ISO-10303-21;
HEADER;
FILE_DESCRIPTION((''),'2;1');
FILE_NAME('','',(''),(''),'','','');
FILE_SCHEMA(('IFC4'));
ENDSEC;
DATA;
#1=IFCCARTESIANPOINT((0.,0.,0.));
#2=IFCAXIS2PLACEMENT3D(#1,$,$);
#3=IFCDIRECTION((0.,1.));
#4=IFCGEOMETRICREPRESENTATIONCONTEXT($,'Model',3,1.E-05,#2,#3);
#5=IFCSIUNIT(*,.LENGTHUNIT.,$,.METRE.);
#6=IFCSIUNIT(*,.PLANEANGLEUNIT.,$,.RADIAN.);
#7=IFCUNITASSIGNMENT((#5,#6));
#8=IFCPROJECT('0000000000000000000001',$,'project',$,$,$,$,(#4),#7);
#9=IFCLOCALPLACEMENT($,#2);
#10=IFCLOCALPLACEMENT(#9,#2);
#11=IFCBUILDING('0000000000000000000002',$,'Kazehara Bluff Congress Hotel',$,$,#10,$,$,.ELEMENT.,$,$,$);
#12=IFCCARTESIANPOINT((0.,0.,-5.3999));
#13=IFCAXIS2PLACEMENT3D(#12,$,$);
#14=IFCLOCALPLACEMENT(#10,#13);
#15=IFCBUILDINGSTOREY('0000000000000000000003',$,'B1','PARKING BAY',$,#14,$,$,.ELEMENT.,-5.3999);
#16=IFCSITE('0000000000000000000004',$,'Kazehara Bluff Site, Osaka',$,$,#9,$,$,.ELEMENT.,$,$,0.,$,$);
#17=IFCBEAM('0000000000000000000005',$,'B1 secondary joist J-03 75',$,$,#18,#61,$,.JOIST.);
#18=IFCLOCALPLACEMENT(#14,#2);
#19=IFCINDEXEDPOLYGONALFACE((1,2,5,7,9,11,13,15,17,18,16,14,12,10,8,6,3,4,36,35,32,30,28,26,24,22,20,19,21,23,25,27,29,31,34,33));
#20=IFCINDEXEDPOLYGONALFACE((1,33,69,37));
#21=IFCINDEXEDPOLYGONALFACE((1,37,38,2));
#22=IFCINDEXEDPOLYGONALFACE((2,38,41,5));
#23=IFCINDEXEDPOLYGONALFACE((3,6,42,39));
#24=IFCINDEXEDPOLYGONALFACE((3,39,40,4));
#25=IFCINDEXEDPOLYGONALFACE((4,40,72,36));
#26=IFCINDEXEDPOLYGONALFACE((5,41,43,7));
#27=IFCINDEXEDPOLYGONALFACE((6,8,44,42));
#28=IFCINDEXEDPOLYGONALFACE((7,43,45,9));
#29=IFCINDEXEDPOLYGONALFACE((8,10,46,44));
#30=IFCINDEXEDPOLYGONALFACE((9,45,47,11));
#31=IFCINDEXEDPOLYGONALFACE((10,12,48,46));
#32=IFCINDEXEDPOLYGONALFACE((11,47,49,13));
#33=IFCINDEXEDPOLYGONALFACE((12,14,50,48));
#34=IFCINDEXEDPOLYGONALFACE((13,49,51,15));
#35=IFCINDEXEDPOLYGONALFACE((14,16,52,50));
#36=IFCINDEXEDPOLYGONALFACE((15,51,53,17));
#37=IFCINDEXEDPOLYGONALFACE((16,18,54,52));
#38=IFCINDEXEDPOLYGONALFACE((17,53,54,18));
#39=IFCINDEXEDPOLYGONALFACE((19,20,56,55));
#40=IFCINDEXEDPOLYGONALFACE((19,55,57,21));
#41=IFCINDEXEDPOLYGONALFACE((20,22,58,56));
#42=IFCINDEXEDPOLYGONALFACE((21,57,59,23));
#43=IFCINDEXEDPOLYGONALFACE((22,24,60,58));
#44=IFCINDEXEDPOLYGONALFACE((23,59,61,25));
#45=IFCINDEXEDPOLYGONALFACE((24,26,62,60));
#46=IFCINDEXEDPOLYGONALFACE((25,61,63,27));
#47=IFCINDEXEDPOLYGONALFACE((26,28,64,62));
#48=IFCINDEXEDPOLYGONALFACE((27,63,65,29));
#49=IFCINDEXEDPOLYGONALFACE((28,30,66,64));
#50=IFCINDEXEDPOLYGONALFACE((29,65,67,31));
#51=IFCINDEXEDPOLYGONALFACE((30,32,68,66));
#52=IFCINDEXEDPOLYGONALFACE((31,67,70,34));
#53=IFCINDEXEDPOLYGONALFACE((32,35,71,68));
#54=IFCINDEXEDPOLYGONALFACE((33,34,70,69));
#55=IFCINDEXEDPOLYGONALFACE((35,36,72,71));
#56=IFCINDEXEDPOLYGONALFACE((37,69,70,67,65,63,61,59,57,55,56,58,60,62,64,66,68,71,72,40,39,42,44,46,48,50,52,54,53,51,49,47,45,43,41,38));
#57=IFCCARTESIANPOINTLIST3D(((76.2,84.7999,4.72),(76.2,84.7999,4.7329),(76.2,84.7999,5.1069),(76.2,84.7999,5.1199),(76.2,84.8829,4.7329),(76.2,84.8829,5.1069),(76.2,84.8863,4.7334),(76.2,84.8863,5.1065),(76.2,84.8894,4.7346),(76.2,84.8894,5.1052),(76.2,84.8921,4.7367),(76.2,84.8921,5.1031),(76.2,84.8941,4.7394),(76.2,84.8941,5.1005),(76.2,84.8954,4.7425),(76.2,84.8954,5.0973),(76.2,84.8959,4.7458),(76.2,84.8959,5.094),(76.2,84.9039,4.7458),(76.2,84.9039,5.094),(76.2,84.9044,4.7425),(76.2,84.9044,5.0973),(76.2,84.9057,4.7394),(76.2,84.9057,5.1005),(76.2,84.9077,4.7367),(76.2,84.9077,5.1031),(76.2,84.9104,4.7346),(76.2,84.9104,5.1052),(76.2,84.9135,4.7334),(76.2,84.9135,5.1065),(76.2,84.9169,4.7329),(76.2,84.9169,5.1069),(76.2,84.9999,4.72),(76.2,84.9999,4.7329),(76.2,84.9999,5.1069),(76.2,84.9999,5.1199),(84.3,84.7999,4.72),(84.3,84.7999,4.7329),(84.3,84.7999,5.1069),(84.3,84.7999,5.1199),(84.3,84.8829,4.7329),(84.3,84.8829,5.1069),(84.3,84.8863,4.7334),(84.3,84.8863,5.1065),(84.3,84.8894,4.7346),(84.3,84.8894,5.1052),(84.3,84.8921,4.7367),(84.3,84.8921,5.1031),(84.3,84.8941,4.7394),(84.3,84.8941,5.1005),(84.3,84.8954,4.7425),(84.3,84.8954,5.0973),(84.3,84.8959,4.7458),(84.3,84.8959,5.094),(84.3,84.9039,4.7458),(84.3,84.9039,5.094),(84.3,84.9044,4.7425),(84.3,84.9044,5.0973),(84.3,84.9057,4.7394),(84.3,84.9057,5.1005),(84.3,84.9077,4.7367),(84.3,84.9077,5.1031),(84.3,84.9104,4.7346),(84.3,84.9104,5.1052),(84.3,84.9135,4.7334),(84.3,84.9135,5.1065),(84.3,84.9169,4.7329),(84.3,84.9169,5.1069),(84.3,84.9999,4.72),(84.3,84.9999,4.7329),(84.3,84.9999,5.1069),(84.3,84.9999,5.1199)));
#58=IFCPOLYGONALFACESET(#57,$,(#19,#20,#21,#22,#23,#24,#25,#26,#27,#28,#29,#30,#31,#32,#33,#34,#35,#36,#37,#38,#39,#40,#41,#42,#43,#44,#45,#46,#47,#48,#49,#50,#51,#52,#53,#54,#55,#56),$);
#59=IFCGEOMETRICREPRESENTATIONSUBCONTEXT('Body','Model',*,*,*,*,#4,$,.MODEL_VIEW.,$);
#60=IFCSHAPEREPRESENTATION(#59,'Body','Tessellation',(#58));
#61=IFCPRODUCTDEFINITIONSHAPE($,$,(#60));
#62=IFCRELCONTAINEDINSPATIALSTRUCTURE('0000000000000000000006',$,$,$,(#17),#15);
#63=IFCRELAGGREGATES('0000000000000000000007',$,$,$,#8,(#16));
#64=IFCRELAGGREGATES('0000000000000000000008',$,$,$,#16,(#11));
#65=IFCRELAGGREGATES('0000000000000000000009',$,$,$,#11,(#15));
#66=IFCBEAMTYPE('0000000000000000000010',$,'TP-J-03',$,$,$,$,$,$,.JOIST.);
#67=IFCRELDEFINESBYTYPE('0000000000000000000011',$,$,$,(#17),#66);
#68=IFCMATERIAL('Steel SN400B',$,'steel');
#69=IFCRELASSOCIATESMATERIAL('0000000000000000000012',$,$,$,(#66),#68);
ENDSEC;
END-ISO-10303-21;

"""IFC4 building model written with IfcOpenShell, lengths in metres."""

from ifc_helpers import new_model, si_unit, direction, frame, origin, origin_2d, place, context, subcontext, project, spatial, i_section, extrude, material, material_profile, profile_set, type_object, element, save


model = new_model("IFC4")

# Units and contexts
model_context = context("Model", 3, precision=1e-05, world=origin(), true_north=direction((0.0, 1.0)))
body_context = subcontext(model_context, "Body", "Model", "MODEL_VIEW")
ifc_project = project(units=[si_unit("LENGTHUNIT", "METRE"), si_unit("PLANEANGLEUNIT", "RADIAN")], contexts=[model_context])

# Site, building, storey
site_placement = place(None, origin())
site = spatial("IfcSite", under=ifc_project, at=site_placement, Name="Kazehara Bluff Site, Osaka", CompositionType="ELEMENT", RefElevation=0.0)
building_placement = place(site_placement, origin())
building = spatial("IfcBuilding", under=site, at=building_placement, Name="Kazehara Bluff Congress Hotel", CompositionType="ELEMENT")
storey_placement = place(building_placement, frame((0.0, 0.0, -5.3999)))
storey = spatial("IfcBuildingStorey", under=building, at=storey_placement, Name="B1", Description="PARKING BAY", CompositionType="ELEMENT", Elevation=-5.3999)

# Beam
ifc_material_1 = material(Name="Steel SN400B", Category="steel")
ifc_material_profile_1 = material_profile(ifc_material_1, i_section(OverallWidth=0.2, OverallDepth=0.3999, WebThickness=0.0081, FlangeThickness=0.0129, FilletRadius=0.0129, at=origin_2d()))
ifc_profile_set_1 = profile_set([ifc_material_profile_1], Name="Steel SN400B")
beam_type_1 = type_object("IfcBeamType", Name="TP-J-03", PredefinedType="JOIST", material=ifc_profile_set_1)
for number, where, z_axis, x_axis, name in (
    (1, (76.2, 84.8999, 4.9199), (1.0, 0.0, 0.0), (0.0, 1.0, 0.0), "B1 secondary joist J-03 75"),
):
    element("IfcBeam", number, at=place(storey_placement, frame(where, z_axis=z_axis, x_axis=x_axis)), inside=storey, type_object=beam_type_1, Name=name, PredefinedType="JOIST", context=body_context, shape_type="SweptSolid", body=[
        extrude(i_section(OverallWidth=0.2, OverallDepth=0.3999, WebThickness=0.0081, FlangeThickness=0.0129, FilletRadius=0.0129, at=origin_2d()), origin(), (0.0, 0.0, 1.0), 8.1001),
    ])

save(model, "model.ifc")
